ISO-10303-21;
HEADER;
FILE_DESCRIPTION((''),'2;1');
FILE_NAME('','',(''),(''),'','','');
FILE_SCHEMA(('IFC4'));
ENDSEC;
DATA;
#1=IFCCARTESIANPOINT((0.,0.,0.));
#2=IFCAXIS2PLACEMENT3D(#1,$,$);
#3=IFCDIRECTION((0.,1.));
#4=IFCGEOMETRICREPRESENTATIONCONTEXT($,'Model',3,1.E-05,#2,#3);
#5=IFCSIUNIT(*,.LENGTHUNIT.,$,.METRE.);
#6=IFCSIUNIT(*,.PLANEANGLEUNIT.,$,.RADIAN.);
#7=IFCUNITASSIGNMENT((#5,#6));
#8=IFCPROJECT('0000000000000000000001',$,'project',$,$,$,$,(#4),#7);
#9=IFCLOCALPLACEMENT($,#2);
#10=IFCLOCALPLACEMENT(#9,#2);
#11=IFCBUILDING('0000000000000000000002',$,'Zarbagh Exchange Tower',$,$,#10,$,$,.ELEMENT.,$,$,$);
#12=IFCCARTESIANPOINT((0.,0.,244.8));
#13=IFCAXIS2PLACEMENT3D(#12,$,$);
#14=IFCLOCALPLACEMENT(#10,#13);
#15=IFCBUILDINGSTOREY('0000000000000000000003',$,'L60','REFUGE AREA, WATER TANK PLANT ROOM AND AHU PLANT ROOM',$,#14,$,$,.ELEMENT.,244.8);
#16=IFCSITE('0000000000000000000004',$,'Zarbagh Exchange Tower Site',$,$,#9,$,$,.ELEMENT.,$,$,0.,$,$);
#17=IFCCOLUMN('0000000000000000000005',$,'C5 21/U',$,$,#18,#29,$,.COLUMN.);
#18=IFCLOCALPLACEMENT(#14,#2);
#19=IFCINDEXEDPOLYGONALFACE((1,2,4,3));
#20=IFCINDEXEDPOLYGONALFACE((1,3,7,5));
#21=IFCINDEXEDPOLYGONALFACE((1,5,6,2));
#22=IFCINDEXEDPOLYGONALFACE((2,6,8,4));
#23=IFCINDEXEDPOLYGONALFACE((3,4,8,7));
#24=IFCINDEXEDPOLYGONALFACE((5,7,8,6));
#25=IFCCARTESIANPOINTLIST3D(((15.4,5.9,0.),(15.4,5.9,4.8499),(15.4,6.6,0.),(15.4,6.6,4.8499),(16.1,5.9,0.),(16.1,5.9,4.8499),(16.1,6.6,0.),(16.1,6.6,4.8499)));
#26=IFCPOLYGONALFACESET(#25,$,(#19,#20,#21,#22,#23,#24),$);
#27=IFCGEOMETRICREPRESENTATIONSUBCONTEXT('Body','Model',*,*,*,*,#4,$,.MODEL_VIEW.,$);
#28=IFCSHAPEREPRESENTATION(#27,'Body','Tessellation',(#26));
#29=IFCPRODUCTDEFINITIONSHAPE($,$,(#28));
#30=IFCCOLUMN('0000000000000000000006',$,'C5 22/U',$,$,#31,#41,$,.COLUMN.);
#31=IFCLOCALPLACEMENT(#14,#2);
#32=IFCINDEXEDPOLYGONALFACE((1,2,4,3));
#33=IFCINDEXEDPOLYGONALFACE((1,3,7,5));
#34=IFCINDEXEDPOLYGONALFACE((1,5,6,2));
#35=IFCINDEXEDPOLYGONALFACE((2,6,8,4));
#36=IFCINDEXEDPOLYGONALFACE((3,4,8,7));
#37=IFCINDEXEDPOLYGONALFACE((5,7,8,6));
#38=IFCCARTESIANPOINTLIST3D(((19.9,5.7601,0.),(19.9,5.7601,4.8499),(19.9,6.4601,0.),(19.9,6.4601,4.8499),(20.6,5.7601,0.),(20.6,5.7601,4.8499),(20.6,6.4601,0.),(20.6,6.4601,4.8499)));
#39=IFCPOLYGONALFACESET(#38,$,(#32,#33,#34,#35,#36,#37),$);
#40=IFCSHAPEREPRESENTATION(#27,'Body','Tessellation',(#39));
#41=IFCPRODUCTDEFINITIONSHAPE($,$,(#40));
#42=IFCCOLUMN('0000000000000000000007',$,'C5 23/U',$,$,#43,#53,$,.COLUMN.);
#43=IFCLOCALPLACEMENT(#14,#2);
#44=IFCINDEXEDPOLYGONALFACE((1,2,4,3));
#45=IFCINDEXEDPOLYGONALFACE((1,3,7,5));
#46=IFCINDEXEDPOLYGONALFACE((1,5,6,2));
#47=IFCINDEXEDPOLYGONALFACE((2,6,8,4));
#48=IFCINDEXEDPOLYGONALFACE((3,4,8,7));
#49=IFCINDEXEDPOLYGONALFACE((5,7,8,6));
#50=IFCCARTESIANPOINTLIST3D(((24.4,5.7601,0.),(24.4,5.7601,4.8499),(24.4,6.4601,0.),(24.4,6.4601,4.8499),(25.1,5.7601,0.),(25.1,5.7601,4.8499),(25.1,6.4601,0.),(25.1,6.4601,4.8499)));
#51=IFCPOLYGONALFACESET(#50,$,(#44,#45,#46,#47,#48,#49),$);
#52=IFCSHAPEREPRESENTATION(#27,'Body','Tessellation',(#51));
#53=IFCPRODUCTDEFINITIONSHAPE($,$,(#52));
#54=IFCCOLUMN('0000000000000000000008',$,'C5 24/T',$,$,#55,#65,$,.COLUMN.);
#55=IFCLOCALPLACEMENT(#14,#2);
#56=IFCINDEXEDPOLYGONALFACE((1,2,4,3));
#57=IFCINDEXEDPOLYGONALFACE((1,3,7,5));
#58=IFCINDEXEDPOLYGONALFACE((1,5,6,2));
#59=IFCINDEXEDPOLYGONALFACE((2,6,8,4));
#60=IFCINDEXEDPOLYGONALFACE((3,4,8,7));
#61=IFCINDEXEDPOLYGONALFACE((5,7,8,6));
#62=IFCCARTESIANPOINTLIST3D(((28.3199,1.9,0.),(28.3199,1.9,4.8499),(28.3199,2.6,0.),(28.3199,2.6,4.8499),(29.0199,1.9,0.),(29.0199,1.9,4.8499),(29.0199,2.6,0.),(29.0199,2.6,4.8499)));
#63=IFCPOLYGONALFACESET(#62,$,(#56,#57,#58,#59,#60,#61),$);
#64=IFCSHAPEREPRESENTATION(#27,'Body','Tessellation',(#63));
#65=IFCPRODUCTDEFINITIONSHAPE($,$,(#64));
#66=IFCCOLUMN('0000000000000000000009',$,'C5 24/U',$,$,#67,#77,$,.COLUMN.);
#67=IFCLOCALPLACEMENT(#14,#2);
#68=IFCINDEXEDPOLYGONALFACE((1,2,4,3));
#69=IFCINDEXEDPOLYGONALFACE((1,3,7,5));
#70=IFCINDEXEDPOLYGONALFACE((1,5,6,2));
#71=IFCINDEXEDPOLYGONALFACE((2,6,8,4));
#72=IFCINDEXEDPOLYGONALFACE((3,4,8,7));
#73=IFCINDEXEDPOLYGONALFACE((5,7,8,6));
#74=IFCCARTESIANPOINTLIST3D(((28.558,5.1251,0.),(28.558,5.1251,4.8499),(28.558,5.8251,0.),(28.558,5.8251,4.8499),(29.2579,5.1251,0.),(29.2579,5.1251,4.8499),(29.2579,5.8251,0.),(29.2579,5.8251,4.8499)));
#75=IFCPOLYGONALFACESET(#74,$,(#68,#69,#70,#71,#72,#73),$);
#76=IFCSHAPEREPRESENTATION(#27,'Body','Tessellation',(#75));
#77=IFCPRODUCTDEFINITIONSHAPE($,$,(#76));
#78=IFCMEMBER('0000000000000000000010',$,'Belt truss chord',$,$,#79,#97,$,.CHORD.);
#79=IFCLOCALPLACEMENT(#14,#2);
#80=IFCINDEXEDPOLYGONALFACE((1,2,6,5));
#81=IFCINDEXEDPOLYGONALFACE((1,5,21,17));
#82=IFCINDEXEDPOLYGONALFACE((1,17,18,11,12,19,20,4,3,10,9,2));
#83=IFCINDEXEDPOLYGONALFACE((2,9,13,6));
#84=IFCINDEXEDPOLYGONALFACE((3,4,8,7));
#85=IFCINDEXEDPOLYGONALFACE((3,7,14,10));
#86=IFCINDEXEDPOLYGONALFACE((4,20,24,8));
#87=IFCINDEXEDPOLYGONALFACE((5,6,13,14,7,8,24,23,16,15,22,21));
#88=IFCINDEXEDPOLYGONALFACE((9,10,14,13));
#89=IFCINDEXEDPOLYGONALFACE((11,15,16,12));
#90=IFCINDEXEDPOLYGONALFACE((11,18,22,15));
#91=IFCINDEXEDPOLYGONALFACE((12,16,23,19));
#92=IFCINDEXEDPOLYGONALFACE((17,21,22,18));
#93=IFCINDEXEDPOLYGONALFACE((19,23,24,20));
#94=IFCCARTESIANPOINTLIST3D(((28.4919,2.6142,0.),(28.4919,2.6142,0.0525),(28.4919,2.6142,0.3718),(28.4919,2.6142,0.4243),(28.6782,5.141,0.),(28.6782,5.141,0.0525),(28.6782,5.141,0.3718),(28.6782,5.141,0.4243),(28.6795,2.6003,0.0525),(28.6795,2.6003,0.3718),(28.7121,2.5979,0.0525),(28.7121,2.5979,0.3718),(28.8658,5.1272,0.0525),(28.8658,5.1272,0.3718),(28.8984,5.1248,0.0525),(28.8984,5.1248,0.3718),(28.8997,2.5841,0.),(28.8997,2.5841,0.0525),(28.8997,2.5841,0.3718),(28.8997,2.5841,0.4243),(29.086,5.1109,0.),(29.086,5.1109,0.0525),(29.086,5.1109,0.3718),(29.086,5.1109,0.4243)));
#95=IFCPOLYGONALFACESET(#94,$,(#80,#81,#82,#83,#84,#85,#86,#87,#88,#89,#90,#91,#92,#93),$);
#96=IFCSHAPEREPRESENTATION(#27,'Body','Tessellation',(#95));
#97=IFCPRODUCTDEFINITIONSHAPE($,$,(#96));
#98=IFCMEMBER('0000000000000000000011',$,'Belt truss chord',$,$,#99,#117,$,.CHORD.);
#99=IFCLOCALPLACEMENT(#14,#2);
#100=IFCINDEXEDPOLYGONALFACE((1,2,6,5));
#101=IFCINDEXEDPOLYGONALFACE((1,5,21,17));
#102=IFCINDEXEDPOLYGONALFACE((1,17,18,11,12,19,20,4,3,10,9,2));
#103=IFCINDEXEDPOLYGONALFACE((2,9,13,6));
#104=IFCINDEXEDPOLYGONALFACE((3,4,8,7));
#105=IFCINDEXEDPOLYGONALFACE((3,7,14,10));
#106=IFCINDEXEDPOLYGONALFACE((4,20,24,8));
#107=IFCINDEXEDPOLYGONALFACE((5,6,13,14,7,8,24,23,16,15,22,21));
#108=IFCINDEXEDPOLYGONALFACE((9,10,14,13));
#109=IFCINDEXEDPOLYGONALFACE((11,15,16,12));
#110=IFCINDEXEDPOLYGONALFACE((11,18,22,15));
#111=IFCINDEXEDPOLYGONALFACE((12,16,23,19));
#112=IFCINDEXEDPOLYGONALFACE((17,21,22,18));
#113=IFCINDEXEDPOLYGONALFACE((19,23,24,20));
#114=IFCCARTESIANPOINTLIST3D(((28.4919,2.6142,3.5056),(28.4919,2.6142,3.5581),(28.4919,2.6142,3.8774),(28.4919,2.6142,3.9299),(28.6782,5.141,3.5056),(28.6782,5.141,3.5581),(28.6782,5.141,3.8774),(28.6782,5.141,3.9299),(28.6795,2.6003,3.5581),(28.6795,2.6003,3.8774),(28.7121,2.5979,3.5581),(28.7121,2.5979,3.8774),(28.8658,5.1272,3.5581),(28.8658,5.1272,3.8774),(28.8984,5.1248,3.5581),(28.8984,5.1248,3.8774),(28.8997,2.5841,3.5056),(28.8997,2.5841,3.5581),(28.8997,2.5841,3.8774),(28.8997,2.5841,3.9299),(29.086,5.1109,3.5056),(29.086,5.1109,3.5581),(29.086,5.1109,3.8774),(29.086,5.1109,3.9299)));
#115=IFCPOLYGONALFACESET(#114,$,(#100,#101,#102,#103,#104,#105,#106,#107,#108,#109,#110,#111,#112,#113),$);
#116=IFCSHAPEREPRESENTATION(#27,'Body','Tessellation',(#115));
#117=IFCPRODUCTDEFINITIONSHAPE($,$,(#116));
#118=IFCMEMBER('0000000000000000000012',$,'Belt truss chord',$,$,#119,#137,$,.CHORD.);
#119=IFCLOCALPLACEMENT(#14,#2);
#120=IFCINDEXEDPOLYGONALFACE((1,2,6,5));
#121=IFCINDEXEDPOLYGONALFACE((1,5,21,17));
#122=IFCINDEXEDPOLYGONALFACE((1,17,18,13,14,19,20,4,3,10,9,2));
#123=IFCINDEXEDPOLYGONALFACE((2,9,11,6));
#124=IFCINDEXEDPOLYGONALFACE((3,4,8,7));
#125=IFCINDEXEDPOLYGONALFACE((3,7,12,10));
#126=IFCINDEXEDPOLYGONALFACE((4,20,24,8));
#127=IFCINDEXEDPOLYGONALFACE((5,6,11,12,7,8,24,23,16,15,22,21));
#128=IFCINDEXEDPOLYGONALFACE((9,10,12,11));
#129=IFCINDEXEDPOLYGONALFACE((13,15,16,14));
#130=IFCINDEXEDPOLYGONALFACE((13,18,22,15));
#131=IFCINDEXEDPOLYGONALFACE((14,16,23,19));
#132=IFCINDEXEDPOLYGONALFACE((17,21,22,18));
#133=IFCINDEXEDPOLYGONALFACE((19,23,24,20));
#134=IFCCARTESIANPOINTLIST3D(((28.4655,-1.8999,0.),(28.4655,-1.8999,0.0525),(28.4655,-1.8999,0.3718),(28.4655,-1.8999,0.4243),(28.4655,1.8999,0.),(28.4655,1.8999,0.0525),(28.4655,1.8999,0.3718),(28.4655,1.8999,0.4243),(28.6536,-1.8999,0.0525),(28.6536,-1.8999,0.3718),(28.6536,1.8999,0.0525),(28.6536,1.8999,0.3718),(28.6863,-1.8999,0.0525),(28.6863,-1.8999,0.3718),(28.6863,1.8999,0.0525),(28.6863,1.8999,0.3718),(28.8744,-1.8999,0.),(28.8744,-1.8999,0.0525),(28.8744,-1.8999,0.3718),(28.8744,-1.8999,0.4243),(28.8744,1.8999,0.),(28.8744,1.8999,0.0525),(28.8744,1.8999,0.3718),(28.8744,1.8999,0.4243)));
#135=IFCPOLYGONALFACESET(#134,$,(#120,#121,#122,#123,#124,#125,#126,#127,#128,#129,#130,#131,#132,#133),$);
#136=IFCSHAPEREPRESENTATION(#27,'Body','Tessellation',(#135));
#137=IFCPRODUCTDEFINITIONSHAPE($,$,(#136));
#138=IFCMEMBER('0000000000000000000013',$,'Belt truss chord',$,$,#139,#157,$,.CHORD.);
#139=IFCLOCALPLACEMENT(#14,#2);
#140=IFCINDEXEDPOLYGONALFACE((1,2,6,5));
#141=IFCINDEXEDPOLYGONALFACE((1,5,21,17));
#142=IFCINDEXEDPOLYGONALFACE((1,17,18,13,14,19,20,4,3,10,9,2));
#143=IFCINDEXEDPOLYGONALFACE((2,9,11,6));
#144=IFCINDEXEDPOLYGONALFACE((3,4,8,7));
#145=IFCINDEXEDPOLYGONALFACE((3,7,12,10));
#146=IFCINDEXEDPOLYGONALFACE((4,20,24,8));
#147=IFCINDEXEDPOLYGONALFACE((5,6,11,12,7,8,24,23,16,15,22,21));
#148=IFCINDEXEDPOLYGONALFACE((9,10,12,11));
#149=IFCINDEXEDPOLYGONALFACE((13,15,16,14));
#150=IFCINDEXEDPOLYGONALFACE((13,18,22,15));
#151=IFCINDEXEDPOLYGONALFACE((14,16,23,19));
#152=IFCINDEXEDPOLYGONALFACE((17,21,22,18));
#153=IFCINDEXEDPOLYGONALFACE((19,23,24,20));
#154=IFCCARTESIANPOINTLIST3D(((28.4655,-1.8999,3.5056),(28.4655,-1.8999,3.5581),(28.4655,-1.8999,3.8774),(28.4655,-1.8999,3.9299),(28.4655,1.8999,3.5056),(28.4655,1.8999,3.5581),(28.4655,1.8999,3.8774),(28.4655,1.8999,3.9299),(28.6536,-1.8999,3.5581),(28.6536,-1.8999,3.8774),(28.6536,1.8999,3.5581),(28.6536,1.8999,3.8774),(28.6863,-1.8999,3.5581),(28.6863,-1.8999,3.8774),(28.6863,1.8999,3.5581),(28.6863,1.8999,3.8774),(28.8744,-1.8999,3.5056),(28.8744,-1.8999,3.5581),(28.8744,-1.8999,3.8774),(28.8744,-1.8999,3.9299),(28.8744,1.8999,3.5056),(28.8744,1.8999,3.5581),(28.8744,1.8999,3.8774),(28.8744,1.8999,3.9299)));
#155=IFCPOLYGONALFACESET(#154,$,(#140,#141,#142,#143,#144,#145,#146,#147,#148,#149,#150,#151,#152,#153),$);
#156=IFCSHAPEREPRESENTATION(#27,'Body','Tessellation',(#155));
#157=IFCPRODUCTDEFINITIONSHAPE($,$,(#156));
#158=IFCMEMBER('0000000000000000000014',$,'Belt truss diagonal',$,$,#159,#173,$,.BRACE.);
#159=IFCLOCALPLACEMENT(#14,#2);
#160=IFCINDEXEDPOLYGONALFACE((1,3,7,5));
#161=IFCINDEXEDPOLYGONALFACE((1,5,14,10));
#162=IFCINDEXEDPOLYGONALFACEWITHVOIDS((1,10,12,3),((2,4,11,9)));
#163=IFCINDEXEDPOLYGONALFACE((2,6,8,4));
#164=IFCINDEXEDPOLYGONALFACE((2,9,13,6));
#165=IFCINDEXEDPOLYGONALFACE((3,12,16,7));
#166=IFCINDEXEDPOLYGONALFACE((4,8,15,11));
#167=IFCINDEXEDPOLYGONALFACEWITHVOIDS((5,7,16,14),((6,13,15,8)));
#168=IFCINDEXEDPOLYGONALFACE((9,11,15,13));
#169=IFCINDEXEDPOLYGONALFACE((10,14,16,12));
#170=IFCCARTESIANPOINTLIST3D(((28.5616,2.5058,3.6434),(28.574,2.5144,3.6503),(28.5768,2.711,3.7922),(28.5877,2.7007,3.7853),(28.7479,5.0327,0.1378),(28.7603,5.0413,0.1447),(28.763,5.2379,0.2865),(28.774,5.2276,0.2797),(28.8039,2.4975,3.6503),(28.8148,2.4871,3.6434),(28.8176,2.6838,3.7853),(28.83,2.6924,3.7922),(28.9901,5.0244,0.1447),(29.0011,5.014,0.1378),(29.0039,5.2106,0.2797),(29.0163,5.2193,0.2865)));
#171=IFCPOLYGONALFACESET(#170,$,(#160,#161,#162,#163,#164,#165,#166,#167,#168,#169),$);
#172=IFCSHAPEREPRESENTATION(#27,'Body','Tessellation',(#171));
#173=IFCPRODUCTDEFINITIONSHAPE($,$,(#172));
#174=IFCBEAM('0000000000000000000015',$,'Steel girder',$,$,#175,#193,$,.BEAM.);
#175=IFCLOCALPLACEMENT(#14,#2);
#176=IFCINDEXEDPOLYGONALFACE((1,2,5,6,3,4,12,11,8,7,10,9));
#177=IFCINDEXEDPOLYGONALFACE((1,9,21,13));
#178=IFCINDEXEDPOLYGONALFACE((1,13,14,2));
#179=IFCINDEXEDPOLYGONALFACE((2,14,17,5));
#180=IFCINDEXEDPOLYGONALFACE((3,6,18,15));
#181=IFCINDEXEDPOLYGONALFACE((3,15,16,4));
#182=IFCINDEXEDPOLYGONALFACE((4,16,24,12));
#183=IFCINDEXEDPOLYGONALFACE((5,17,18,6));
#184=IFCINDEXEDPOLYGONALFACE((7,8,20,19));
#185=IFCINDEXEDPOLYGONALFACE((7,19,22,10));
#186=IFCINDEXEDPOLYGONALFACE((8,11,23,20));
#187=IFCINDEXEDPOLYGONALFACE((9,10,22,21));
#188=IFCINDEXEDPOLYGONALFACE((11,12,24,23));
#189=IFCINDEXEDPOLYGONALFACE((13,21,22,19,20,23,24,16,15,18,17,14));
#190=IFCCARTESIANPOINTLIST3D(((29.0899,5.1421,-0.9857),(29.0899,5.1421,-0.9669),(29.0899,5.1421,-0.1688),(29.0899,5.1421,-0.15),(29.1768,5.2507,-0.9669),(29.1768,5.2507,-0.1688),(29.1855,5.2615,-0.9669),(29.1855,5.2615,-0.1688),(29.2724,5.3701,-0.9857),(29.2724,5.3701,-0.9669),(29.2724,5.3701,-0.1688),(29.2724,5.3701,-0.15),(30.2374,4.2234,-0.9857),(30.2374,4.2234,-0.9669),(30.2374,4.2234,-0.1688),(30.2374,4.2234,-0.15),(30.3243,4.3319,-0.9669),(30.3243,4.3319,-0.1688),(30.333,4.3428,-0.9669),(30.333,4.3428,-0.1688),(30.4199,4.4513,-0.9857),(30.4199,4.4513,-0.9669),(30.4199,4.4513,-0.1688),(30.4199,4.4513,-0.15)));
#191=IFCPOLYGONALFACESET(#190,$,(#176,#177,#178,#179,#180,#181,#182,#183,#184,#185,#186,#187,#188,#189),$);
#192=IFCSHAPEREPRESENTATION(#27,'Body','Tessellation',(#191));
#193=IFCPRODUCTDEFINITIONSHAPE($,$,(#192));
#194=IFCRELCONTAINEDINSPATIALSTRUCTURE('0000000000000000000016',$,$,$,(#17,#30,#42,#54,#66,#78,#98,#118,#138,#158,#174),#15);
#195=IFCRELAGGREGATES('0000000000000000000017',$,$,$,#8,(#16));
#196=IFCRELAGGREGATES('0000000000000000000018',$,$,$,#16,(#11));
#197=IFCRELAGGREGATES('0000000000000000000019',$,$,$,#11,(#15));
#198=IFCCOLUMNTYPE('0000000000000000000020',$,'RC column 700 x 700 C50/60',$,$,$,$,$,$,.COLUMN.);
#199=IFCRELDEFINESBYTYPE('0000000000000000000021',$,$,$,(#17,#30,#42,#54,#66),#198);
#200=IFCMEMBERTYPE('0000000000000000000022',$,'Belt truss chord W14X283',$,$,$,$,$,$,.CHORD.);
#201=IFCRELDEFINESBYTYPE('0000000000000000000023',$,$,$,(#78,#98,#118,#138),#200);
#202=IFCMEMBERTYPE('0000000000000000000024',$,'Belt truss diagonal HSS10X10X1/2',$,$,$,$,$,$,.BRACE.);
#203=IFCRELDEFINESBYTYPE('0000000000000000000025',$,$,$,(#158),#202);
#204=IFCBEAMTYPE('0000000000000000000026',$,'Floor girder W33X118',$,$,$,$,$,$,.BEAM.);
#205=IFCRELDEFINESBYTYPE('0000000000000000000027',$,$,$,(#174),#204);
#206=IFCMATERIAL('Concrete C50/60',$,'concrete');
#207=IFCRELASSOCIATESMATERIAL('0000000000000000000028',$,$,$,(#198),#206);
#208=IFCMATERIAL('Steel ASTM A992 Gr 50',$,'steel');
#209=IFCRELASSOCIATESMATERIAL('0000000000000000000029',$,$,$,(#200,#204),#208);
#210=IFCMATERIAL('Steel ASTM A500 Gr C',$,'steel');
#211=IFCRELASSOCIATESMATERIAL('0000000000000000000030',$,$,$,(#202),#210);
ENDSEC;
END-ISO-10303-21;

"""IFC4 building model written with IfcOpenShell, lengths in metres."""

from ifc_helpers import new_model, si_unit, direction, frame, origin, origin_2d, place, context, subcontext, project, spatial, rectangle, hollow_rectangle, i_section, extrude, material, material_profile, profile_set, type_object, element, save


model = new_model("IFC4")

# Units and contexts
model_context = context("Model", 3, precision=1e-05, world=origin(), true_north=direction((0.0, 1.0)))
body_context = subcontext(model_context, "Body", "Model", "MODEL_VIEW")
ifc_project = project(units=[si_unit("LENGTHUNIT", "METRE"), si_unit("PLANEANGLEUNIT", "RADIAN")], contexts=[model_context])

# Site, building, storey
site_placement = place(None, origin())
site = spatial("IfcSite", under=ifc_project, at=site_placement, Name="Zarbagh Exchange Tower Site", CompositionType="ELEMENT", RefElevation=0.0)
building_placement = place(site_placement, origin())
building = spatial("IfcBuilding", under=site, at=building_placement, Name="Zarbagh Exchange Tower", CompositionType="ELEMENT")
storey_placement = place(building_placement, frame((0.0, 0.0, 244.8)))
storey = spatial("IfcBuildingStorey", under=building, at=storey_placement, Name="L60", Description="REFUGE AREA, WATER TANK PLANT ROOM AND AHU PLANT ROOM", CompositionType="ELEMENT", Elevation=244.8)

# Columns
ifc_material_1 = material(Name="Concrete C50/60", Category="concrete")
ifc_material_profile_1 = material_profile(ifc_material_1, rectangle(XDim=0.7, YDim=0.7, at=origin_2d()), Name="RC column 700 x 700 C50/60")
ifc_profile_set_1 = profile_set([ifc_material_profile_1], Name="Concrete C50/60")
column_type = type_object("IfcColumnType", Name="RC column 700 x 700 C50/60", PredefinedType="COLUMN", material=ifc_profile_set_1)
for number, where, z_axis, x_axis, name in (
    (1, (15.75, 6.25, 0.0), (0.0, 0.0, 1.0), (1.0, 0.0, 0.0), "C5 21/U"),
    (2, (20.25, 6.1101, 0.0), (0.0, 0.0, 1.0), (1.0, 0.0, 0.0), "C5 22/U"),
    (3, (24.75, 6.1101, 0.0), (0.0, 0.0, 1.0), (1.0, 0.0, 0.0), "C5 23/U"),
    (4, (28.6699, 2.25, 0.0), (0.0, 0.0, 1.0), (1.0, 0.0, 0.0), "C5 24/T"),
    (5, (28.908, 5.4751, 0.0), (0.0, 0.0, 1.0), (1.0, 0.0, 0.0), "C5 24/U"),
):
    element("IfcColumn", number, at=place(storey_placement, frame(where, z_axis=z_axis, x_axis=x_axis)), inside=storey, type_object=column_type, Name=name, PredefinedType="COLUMN", context=body_context, shape_type="SweptSolid", body=[
        extrude(rectangle(XDim=0.7, YDim=0.7, at=origin_2d()), origin(), (0.0, 0.0, 1.0), 4.8499),
    ])

# Members
ifc_material_2 = material(Name="Steel ASTM A992 Gr 50", Category="steel")
ifc_material_profile_2 = material_profile(ifc_material_2, i_section(OverallWidth=0.4089, OverallDepth=0.4243, WebThickness=0.0327, FlangeThickness=0.0525, at=origin_2d()), Name="W14X283")
ifc_profile_set_2 = profile_set([ifc_material_profile_2], Name="Steel ASTM A992 Gr 50")
member_type_1 = type_object("IfcMemberType", Name="Belt truss chord W14X283", PredefinedType="CHORD", material=ifc_profile_set_2)
for number, where, z_axis, x_axis, name in (
    (6, (28.8821, 5.126, 0.2122), (-0.07352, -0.997294, 0.0), (0.997294, -0.07352, 0.0), "Belt truss chord"),
    (7, (28.8821, 5.126, 3.7178), (-0.07352, -0.997294, 0.0), (0.997294, -0.07352, 0.0), "Belt truss chord"),
):
    element("IfcMember", number, at=place(storey_placement, frame(where, z_axis=z_axis, x_axis=x_axis)), inside=storey, type_object=member_type_1, Name=name, PredefinedType="CHORD", context=body_context, shape_type="SweptSolid", body=[
        extrude(i_section(OverallWidth=0.4089, OverallDepth=0.4243, WebThickness=0.0327, FlangeThickness=0.0525, at=origin_2d()), origin(), (0.0, 0.0, 1.0), 2.5337),
    ])
for number, where, z_axis, x_axis, name in (
    (8, (28.6699, 1.8999, 0.2122), (0.0, -1.0, 0.0), (1.0, 0.0, 0.0), "Belt truss chord"),
    (9, (28.6699, 1.8999, 3.7178), (0.0, -1.0, 0.0), (1.0, 0.0, 0.0), "Belt truss chord"),
):
    element("IfcMember", number, at=place(storey_placement, frame(where, z_axis=z_axis, x_axis=x_axis)), inside=storey, type_object=member_type_1, Name=name, PredefinedType="CHORD", context=body_context, shape_type="SweptSolid", body=[
        extrude(i_section(OverallWidth=0.4089, OverallDepth=0.4243, WebThickness=0.0327, FlangeThickness=0.0525, at=origin_2d()), origin(), (0.0, 0.0, 1.0), 3.7998),
    ])
ifc_material_3 = material(Name="Steel ASTM A500 Gr C", Category="steel")
ifc_material_profile_3 = material_profile(ifc_material_3, hollow_rectangle(XDim=0.2539, YDim=0.2539, WallThickness=0.0117, at=origin_2d()), Name="HSS10X10X1/2")
ifc_profile_set_3 = profile_set([ifc_material_profile_3], Name="Steel ASTM A500 Gr C")
member_type_2 = type_object("IfcMemberType", Name="Belt truss diagonal HSS10X10X1/2", PredefinedType="BRACE", material=ifc_profile_set_3)
member_1_placement = place(storey_placement, frame((28.8821, 5.126, 0.2122), z_axis=(-0.043066, -0.584191, 0.810473), x_axis=(0.997294, -0.07352, 0.0)))
element("IfcMember", 10, at=member_1_placement, inside=storey, type_object=member_type_2, Name="Belt truss diagonal", PredefinedType="BRACE", context=body_context, shape_type="SweptSolid", body=[
    extrude(hollow_rectangle(XDim=0.2539, YDim=0.2539, WallThickness=0.0117, at=origin_2d()), origin(), (0.0, 0.0, 1.0), 4.3254),
])

# Beam
ifc_material_profile_4 = material_profile(ifc_material_2, i_section(OverallWidth=0.292, OverallDepth=0.8357, WebThickness=0.0139, FlangeThickness=0.0188, at=origin_2d()), Name="W33X118")
ifc_profile_set_4 = profile_set([ifc_material_profile_4], Name="Steel ASTM A992 Gr 50")
beam_type_1 = type_object("IfcBeamType", Name="Floor girder W33X118", PredefinedType="BEAM", material=ifc_profile_set_4)
beam_1_placement = place(storey_placement, frame((29.1812, 5.2561, -0.5679), z_axis=(0.780626, -0.624999, 0.0), x_axis=(0.624999, 0.780626, 0.0)))
element("IfcBeam", 11, at=beam_1_placement, inside=storey, type_object=beam_type_1, Name="Steel girder", PredefinedType="BEAM", context=body_context, shape_type="SweptSolid", body=[
    extrude(i_section(OverallWidth=0.292, OverallDepth=0.8357, WebThickness=0.0139, FlangeThickness=0.0188, at=origin_2d()), origin(), (0.0, 0.0, 1.0), 1.47),
])

save(model, "model.ifc")
